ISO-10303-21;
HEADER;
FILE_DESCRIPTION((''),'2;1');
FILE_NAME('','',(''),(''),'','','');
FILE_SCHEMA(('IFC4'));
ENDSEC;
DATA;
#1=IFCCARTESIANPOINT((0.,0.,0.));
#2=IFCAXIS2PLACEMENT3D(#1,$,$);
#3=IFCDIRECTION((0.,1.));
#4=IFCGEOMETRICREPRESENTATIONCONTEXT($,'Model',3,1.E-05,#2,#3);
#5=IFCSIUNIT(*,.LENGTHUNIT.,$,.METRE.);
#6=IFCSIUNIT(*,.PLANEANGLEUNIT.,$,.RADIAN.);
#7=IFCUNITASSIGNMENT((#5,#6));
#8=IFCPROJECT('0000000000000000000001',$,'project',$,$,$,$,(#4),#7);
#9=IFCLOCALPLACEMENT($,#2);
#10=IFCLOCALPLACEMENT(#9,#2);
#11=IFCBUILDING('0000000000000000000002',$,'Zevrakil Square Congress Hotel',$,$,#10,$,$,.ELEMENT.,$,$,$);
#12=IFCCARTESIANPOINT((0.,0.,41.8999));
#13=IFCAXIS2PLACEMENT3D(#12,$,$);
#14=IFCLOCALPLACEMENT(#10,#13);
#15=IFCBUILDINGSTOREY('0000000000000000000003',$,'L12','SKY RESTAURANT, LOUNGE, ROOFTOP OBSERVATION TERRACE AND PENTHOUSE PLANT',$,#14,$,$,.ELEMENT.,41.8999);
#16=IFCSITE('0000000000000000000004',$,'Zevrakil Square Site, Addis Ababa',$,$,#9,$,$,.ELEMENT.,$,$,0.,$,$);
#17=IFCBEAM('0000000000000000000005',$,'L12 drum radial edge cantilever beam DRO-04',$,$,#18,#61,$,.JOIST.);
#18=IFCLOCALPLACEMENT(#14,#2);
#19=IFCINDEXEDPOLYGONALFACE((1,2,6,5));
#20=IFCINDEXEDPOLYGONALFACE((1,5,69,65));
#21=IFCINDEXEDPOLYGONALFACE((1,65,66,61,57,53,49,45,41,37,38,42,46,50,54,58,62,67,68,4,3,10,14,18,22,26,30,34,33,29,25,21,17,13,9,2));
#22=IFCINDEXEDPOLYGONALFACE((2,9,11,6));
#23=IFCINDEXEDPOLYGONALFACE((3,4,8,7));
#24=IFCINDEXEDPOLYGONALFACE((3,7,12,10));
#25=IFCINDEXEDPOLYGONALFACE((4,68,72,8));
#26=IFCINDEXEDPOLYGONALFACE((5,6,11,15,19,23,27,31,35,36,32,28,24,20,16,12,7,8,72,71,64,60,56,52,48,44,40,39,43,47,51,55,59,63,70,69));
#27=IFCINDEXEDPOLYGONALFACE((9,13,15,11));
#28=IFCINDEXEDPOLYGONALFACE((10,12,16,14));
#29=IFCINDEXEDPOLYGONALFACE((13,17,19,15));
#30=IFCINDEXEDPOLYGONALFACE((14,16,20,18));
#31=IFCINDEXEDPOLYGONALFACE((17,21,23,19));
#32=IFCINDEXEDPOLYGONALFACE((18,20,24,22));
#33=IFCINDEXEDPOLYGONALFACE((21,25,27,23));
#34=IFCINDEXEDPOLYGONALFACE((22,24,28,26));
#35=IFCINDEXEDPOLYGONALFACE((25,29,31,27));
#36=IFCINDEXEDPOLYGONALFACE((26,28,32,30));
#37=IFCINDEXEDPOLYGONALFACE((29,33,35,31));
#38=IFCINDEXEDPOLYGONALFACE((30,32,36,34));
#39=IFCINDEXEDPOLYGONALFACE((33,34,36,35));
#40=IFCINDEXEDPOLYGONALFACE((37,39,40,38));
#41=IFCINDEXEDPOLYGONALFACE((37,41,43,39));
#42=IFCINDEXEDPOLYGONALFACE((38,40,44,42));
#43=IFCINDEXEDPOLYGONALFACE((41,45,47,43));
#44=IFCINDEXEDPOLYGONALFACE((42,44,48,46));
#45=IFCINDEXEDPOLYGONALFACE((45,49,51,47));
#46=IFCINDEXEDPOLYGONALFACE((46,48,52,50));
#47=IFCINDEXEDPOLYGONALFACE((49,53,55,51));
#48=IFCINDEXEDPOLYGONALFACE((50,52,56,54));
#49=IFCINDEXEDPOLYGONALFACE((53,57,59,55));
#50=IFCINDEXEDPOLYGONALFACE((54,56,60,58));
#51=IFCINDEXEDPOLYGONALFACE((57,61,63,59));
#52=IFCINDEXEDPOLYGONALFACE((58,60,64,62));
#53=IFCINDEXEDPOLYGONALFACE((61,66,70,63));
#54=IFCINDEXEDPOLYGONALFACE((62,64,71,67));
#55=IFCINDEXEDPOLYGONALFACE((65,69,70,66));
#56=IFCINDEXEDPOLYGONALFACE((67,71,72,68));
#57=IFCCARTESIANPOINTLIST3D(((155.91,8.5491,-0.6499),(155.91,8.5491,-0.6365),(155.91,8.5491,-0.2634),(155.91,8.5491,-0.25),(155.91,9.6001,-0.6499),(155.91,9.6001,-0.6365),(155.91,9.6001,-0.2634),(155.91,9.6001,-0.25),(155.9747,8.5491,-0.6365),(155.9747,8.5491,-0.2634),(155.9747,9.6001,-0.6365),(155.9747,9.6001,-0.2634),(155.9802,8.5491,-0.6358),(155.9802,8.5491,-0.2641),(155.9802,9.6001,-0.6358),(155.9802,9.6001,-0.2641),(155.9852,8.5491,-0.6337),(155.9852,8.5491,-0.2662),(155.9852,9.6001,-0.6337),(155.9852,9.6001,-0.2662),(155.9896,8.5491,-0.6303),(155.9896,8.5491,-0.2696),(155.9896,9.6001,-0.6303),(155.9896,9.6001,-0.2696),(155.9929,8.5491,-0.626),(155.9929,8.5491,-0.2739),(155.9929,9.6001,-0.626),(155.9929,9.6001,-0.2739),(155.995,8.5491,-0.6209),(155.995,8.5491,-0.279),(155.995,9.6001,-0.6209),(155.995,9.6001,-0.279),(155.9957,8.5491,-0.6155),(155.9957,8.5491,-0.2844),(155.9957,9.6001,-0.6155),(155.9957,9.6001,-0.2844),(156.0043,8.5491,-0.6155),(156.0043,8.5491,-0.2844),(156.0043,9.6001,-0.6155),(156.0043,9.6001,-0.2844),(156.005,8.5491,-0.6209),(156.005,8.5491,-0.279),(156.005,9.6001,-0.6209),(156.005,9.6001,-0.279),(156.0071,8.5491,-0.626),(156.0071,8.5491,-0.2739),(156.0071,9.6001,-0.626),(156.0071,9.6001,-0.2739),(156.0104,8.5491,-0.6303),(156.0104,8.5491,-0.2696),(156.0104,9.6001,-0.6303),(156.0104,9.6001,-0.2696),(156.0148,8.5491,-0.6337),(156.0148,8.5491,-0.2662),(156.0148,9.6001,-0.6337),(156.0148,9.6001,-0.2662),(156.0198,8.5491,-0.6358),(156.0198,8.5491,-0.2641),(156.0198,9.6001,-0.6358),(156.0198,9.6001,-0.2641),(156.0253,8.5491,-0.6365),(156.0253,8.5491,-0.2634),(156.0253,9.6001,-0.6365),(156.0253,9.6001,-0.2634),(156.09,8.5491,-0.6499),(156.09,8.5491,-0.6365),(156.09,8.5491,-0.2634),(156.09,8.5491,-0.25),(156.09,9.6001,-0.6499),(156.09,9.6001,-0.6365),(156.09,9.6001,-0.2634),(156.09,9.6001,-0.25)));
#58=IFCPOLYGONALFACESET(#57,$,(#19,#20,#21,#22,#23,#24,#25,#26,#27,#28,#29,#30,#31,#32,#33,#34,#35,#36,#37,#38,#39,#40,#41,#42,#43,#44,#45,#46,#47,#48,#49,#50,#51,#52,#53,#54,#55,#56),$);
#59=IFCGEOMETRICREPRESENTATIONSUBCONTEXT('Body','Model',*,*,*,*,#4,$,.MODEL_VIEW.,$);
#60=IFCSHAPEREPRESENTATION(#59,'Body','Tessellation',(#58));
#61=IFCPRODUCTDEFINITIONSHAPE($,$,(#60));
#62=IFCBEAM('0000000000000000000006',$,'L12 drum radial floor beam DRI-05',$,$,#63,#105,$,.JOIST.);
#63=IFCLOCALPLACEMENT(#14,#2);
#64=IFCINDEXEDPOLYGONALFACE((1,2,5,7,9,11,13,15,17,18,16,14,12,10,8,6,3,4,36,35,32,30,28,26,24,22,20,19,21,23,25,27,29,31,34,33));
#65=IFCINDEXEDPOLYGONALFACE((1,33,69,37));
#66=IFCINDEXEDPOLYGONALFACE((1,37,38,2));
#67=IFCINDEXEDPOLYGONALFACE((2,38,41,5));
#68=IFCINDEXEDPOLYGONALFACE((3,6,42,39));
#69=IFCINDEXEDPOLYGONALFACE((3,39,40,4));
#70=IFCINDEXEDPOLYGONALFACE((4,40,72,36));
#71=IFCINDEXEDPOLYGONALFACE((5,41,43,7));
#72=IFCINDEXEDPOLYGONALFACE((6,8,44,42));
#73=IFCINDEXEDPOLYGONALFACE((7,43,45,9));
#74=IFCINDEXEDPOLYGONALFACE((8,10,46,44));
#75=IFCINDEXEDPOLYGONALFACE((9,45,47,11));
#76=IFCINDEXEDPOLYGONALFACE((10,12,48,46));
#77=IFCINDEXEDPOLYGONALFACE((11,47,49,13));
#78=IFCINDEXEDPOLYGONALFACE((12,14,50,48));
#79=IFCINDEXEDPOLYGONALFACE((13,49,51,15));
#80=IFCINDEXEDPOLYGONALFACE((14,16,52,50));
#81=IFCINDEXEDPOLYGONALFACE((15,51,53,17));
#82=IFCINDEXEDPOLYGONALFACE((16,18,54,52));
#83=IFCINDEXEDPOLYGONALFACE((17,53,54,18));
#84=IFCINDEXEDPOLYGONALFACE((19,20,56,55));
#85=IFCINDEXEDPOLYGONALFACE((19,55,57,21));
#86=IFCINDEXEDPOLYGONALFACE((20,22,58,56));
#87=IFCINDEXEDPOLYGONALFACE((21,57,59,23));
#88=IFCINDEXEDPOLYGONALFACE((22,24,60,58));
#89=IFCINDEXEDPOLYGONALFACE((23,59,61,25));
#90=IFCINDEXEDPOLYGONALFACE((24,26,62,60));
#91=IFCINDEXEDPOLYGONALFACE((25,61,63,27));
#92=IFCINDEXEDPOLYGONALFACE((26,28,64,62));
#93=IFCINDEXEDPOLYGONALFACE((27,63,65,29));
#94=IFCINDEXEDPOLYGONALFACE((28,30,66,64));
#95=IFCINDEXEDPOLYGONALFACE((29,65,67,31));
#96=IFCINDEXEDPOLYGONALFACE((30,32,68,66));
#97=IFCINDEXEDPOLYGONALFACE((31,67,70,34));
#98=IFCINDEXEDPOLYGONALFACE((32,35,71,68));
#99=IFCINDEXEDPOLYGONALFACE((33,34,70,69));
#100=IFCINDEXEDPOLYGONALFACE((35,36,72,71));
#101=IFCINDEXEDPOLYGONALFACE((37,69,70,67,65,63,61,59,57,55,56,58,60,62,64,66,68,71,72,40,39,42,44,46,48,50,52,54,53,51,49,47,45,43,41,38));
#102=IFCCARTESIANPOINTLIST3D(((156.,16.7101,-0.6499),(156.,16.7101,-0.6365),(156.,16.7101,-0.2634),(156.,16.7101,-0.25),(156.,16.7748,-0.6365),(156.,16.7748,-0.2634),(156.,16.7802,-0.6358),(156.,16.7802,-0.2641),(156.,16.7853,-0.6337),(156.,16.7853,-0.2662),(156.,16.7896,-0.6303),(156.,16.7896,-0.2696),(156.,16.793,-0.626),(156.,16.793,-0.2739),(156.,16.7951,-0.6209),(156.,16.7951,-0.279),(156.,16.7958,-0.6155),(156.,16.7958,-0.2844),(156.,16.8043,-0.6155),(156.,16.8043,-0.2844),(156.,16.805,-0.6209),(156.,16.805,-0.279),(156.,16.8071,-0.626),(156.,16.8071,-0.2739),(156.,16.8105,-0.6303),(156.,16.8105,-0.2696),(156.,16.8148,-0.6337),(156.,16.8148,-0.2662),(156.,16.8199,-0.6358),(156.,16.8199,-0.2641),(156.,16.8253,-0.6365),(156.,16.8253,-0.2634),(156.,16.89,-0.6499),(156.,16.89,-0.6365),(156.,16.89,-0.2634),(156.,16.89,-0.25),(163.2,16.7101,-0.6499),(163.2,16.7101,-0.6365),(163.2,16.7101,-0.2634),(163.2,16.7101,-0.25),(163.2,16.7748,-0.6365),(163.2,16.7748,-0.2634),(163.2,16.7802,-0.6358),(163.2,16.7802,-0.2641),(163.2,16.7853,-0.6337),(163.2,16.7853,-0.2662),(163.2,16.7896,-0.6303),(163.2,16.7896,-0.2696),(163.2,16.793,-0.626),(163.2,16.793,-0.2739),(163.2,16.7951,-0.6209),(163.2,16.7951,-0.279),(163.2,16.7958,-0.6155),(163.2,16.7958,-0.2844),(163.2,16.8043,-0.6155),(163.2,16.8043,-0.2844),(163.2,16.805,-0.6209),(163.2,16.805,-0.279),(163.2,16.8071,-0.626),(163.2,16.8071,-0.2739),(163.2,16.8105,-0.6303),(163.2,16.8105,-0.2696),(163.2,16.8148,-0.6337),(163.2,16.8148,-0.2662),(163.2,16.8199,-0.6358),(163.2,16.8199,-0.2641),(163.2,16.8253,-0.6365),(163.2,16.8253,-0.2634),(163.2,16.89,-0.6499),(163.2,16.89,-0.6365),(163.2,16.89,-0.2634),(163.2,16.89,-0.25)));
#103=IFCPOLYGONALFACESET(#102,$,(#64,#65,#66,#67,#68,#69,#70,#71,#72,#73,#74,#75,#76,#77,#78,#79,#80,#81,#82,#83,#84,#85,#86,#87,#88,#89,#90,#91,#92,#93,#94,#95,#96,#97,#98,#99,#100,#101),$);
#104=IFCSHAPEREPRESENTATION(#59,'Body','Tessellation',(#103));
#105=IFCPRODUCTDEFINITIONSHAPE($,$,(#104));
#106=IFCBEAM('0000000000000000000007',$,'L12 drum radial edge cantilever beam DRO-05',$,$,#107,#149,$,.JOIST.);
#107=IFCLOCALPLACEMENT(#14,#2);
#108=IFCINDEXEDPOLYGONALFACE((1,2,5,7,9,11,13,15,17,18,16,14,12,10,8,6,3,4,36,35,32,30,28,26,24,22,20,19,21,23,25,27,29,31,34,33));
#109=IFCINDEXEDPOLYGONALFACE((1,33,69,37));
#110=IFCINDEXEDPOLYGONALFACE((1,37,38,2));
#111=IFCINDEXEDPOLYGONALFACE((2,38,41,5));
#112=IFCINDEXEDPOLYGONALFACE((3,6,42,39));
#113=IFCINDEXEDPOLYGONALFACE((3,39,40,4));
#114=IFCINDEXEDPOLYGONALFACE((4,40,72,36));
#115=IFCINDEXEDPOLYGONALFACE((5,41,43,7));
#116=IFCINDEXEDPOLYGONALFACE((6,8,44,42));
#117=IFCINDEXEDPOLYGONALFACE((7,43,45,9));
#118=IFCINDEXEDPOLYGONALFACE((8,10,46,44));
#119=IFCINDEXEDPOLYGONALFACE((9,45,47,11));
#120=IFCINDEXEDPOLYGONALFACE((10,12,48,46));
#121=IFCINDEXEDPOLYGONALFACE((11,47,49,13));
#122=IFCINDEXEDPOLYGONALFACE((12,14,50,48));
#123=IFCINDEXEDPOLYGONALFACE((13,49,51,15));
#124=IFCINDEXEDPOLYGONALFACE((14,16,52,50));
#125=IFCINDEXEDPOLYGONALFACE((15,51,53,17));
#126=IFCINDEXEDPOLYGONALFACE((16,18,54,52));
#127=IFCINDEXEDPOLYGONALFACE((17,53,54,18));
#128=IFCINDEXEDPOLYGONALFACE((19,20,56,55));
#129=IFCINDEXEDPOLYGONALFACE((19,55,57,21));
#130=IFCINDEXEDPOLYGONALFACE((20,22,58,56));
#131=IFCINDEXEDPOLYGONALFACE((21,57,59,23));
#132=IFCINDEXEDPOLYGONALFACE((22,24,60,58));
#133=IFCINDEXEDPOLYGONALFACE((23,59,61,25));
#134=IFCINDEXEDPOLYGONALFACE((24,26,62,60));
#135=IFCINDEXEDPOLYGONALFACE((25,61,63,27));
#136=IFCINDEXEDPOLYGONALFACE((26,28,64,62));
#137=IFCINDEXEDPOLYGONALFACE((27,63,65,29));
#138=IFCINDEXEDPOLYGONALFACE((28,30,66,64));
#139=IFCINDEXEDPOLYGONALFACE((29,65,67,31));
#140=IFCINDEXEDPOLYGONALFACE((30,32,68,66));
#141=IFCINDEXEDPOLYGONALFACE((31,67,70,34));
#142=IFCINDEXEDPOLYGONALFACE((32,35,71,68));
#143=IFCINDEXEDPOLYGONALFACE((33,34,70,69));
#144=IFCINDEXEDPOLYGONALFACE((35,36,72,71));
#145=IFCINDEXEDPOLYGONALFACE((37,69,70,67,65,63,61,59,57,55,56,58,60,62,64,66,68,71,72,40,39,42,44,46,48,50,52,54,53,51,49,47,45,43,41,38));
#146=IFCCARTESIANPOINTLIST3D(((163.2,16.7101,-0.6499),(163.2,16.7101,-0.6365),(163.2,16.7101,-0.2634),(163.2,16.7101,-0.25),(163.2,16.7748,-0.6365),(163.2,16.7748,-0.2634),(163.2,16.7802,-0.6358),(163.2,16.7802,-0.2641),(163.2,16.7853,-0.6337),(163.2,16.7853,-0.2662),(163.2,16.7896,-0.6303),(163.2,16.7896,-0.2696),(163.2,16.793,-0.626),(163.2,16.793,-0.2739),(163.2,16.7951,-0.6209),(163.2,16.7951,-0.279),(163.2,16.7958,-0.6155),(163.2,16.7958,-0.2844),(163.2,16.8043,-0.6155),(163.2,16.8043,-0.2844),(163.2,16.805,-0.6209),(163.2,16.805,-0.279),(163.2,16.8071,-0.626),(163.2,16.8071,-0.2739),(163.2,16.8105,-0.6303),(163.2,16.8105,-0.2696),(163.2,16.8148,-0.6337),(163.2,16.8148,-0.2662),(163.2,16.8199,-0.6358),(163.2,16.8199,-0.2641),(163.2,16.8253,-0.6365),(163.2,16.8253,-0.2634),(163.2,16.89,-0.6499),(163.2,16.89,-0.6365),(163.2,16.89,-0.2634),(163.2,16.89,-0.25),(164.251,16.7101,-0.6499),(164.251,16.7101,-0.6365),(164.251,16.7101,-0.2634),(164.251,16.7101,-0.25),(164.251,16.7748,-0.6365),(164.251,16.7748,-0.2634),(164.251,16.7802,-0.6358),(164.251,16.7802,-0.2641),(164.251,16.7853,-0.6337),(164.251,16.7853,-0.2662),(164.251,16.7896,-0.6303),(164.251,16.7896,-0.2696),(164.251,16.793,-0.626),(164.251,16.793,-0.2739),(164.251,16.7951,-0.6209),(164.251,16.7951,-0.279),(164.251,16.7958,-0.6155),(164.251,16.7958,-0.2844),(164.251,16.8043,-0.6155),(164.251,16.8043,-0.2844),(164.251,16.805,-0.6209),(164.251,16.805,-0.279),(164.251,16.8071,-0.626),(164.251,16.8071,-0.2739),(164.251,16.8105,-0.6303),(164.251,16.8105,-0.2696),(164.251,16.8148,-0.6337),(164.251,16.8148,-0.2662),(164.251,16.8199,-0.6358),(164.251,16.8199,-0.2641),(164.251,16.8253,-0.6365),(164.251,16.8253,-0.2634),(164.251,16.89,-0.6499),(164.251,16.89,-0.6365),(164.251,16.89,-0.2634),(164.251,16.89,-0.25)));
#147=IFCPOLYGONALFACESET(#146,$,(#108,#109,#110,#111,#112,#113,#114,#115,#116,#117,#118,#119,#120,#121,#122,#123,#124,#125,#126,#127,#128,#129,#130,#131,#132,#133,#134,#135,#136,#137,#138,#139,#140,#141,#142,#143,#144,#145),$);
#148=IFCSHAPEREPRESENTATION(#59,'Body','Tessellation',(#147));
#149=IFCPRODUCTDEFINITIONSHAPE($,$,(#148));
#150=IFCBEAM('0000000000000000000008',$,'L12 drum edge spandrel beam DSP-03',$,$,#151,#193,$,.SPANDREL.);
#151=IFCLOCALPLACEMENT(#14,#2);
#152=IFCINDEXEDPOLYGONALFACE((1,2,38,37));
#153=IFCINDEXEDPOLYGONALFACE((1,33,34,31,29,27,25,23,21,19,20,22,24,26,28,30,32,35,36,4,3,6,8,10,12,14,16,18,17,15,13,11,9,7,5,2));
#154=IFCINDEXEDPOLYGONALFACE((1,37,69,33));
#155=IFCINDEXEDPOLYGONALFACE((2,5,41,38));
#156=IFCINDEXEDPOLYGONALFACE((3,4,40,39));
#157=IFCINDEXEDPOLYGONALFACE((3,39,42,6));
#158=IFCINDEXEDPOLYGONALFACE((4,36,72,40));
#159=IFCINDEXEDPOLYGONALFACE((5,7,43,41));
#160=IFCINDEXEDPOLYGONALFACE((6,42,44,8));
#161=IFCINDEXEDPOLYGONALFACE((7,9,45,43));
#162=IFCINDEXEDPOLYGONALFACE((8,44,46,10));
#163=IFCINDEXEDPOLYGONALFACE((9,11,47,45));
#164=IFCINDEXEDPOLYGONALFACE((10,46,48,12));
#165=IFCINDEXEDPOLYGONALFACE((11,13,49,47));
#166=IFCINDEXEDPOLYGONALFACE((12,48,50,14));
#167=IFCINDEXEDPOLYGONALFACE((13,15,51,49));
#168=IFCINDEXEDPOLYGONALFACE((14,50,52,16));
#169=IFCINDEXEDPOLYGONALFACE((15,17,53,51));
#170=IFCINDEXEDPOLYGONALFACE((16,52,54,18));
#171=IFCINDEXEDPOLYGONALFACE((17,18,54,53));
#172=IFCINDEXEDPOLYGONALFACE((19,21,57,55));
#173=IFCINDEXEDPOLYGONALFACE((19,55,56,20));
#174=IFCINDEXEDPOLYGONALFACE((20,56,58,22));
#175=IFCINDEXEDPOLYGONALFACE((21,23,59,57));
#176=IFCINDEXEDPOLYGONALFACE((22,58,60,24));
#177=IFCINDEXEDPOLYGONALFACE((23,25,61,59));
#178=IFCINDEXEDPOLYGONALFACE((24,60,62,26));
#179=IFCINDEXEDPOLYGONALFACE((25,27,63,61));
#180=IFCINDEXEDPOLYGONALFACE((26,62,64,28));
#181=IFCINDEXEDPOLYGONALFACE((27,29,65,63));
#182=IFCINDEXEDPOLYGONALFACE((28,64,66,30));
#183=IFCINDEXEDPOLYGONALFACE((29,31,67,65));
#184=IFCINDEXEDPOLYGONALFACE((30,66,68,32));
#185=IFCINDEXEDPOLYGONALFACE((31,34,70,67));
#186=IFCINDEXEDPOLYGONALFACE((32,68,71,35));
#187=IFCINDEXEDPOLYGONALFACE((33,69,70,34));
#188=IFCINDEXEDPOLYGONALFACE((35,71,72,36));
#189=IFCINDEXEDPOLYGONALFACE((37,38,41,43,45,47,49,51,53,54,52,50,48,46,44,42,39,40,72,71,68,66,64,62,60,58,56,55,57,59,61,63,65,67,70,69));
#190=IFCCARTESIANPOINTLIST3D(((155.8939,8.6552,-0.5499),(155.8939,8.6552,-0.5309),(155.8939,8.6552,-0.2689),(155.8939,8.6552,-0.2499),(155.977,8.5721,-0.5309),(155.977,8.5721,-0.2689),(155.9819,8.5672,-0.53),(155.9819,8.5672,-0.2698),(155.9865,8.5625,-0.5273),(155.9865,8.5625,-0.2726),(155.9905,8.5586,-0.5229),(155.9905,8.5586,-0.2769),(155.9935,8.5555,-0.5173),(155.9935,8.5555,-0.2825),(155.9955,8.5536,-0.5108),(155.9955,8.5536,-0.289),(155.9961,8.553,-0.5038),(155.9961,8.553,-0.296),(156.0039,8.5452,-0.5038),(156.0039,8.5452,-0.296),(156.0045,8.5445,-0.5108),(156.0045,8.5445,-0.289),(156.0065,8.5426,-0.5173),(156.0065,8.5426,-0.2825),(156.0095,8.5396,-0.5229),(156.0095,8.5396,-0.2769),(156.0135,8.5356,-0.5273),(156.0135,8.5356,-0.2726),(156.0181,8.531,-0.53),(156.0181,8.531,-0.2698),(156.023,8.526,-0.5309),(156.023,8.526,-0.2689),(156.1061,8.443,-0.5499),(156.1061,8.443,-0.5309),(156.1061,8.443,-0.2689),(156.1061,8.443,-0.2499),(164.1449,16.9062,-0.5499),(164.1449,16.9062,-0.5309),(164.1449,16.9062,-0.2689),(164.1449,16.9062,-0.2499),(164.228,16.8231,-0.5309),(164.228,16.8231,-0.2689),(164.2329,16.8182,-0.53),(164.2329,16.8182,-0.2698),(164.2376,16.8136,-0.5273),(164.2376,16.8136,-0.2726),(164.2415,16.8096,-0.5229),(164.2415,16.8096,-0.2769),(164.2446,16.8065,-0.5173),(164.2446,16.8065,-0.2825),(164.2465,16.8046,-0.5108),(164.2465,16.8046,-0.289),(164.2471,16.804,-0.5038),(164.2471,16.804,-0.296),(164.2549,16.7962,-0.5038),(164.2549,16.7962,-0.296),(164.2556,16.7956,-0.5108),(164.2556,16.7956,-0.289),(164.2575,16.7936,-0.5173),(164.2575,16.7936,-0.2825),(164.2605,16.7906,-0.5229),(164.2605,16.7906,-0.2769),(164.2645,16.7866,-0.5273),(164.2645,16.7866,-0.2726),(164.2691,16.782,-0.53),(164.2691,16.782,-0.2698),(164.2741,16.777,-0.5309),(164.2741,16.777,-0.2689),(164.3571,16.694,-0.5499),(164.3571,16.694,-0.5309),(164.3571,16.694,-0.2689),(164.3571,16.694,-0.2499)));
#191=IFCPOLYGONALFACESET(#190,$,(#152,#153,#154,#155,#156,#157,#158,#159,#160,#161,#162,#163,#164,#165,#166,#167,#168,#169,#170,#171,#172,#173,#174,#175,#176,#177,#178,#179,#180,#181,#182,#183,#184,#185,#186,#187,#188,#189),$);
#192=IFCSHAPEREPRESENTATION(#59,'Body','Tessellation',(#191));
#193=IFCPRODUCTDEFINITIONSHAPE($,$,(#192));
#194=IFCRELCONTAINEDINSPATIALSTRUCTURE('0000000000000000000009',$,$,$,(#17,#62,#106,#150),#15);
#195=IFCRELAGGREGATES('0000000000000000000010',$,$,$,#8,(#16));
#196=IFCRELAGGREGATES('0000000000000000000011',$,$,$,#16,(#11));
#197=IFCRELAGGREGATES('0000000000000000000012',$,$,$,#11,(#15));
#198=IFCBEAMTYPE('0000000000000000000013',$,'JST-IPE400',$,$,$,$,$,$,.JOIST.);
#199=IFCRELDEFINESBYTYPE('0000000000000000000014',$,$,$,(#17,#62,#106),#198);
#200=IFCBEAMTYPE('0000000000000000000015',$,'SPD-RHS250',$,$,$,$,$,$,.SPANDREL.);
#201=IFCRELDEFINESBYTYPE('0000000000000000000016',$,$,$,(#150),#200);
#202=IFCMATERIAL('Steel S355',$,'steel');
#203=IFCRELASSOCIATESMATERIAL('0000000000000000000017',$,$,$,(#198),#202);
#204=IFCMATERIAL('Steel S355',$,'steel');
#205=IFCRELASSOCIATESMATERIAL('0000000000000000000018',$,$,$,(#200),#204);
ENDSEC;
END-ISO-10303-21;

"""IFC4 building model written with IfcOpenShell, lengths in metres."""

from ifc_helpers import new_model, si_unit, direction, frame, origin, origin_2d, place, context, subcontext, project, spatial, i_section, extrude, material, material_profile, profile_set, type_object, element, save


model = new_model("IFC4")

# Units and contexts
model_context = context("Model", 3, precision=1e-05, world=origin(), true_north=direction((0.0, 1.0)))
body_context = subcontext(model_context, "Body", "Model", "MODEL_VIEW")
ifc_project = project(units=[si_unit("LENGTHUNIT", "METRE"), si_unit("PLANEANGLEUNIT", "RADIAN")], contexts=[model_context])

# Site, building, storey
site_placement = place(None, origin())
site = spatial("IfcSite", under=ifc_project, at=site_placement, Name="Zevrakil Square Site, Addis Ababa", CompositionType="ELEMENT", RefElevation=0.0)
building_placement = place(site_placement, origin())
building = spatial("IfcBuilding", under=site, at=building_placement, Name="Zevrakil Square Congress Hotel", CompositionType="ELEMENT")
storey_placement = place(building_placement, frame((0.0, 0.0, 41.8999)))
storey = spatial("IfcBuildingStorey", under=building, at=storey_placement, Name="L12", Description="SKY RESTAURANT, LOUNGE, ROOFTOP OBSERVATION TERRACE AND PENTHOUSE PLANT", CompositionType="ELEMENT", Elevation=41.8999)

# Beams
ifc_material_1 = material(Name="Steel S355", Category="steel")
ifc_material_profile_1 = material_profile(ifc_material_1, i_section(OverallWidth=0.1799, OverallDepth=0.3999, WebThickness=0.0085, FlangeThickness=0.0134, FilletRadius=0.021, at=origin_2d()), Name="IPE 400")
ifc_profile_set_1 = profile_set([ifc_material_profile_1], Name="Steel S355")
beam_type_1 = type_object("IfcBeamType", Name="JST-IPE400", PredefinedType="JOIST", material=ifc_profile_set_1)
beam_1_placement = place(storey_placement, frame((156.0, 9.6001, -0.45), z_axis=(0.0, -1.0, 0.0), x_axis=(1.0, 0.0, 0.0)))
element("IfcBeam", 1, at=beam_1_placement, inside=storey, type_object=beam_type_1, Name="L12 drum radial edge cantilever beam DRO-04", PredefinedType="JOIST", context=body_context, shape_type="SweptSolid", body=[
    extrude(i_section(OverallWidth=0.1799, OverallDepth=0.3999, WebThickness=0.0085, FlangeThickness=0.0134, FilletRadius=0.021, at=origin_2d()), origin(), (0.0, 0.0, 1.0), 1.051),
])
beam_2_placement = place(storey_placement, frame((156.0, 16.8, -0.45), z_axis=(1.0, 0.0, 0.0), x_axis=(0.0, 1.0, 0.0)))
element("IfcBeam", 2, at=beam_2_placement, inside=storey, type_object=beam_type_1, Name="L12 drum radial floor beam DRI-05", PredefinedType="JOIST", context=body_context, shape_type="SweptSolid", body=[
    extrude(i_section(OverallWidth=0.1799, OverallDepth=0.3999, WebThickness=0.0085, FlangeThickness=0.0134, FilletRadius=0.021, at=origin_2d()), origin(), (0.0, 0.0, 1.0), 7.2),
])
beam_3_placement = place(storey_placement, frame((163.2, 16.8, -0.45), z_axis=(1.0, 0.0, 0.0), x_axis=(0.0, 1.0, 0.0)))
element("IfcBeam", 3, at=beam_3_placement, inside=storey, type_object=beam_type_1, Name="L12 drum radial edge cantilever beam DRO-05", PredefinedType="JOIST", context=body_context, shape_type="SweptSolid", body=[
    extrude(i_section(OverallWidth=0.1799, OverallDepth=0.3999, WebThickness=0.0085, FlangeThickness=0.0134, FilletRadius=0.021, at=origin_2d()), origin(), (0.0, 0.0, 1.0), 1.051),
])
ifc_material_2 = material(Name="Steel S355", Category="steel")
ifc_material_profile_2 = material_profile(ifc_material_2, i_section(OverallWidth=0.3, OverallDepth=0.3, WebThickness=0.011, FlangeThickness=0.019, FilletRadius=0.0271, at=origin_2d()), Name="HEB 300")
ifc_profile_set_2 = profile_set([ifc_material_profile_2], Name="Steel S355")
beam_type_2 = type_object("IfcBeamType", Name="SPD-RHS250", PredefinedType="SPANDREL", material=ifc_profile_set_2)
beam_4_placement = place(storey_placement, frame((156.0, 8.5491, -0.3999), z_axis=(0.707107, 0.707107, 0.0), x_axis=(-0.707107, 0.707107, 0.0)))
element("IfcBeam", 4, at=beam_4_placement, inside=storey, type_object=beam_type_2, Name="L12 drum edge spandrel beam DSP-03", PredefinedType="SPANDREL", context=body_context, shape_type="SweptSolid", body=[
    extrude(i_section(OverallWidth=0.3, OverallDepth=0.3, WebThickness=0.011, FlangeThickness=0.019, FilletRadius=0.0271, at=origin_2d()), origin(), (0.0, 0.0, 1.0), 11.6687),
])

save(model, "model.ifc")
